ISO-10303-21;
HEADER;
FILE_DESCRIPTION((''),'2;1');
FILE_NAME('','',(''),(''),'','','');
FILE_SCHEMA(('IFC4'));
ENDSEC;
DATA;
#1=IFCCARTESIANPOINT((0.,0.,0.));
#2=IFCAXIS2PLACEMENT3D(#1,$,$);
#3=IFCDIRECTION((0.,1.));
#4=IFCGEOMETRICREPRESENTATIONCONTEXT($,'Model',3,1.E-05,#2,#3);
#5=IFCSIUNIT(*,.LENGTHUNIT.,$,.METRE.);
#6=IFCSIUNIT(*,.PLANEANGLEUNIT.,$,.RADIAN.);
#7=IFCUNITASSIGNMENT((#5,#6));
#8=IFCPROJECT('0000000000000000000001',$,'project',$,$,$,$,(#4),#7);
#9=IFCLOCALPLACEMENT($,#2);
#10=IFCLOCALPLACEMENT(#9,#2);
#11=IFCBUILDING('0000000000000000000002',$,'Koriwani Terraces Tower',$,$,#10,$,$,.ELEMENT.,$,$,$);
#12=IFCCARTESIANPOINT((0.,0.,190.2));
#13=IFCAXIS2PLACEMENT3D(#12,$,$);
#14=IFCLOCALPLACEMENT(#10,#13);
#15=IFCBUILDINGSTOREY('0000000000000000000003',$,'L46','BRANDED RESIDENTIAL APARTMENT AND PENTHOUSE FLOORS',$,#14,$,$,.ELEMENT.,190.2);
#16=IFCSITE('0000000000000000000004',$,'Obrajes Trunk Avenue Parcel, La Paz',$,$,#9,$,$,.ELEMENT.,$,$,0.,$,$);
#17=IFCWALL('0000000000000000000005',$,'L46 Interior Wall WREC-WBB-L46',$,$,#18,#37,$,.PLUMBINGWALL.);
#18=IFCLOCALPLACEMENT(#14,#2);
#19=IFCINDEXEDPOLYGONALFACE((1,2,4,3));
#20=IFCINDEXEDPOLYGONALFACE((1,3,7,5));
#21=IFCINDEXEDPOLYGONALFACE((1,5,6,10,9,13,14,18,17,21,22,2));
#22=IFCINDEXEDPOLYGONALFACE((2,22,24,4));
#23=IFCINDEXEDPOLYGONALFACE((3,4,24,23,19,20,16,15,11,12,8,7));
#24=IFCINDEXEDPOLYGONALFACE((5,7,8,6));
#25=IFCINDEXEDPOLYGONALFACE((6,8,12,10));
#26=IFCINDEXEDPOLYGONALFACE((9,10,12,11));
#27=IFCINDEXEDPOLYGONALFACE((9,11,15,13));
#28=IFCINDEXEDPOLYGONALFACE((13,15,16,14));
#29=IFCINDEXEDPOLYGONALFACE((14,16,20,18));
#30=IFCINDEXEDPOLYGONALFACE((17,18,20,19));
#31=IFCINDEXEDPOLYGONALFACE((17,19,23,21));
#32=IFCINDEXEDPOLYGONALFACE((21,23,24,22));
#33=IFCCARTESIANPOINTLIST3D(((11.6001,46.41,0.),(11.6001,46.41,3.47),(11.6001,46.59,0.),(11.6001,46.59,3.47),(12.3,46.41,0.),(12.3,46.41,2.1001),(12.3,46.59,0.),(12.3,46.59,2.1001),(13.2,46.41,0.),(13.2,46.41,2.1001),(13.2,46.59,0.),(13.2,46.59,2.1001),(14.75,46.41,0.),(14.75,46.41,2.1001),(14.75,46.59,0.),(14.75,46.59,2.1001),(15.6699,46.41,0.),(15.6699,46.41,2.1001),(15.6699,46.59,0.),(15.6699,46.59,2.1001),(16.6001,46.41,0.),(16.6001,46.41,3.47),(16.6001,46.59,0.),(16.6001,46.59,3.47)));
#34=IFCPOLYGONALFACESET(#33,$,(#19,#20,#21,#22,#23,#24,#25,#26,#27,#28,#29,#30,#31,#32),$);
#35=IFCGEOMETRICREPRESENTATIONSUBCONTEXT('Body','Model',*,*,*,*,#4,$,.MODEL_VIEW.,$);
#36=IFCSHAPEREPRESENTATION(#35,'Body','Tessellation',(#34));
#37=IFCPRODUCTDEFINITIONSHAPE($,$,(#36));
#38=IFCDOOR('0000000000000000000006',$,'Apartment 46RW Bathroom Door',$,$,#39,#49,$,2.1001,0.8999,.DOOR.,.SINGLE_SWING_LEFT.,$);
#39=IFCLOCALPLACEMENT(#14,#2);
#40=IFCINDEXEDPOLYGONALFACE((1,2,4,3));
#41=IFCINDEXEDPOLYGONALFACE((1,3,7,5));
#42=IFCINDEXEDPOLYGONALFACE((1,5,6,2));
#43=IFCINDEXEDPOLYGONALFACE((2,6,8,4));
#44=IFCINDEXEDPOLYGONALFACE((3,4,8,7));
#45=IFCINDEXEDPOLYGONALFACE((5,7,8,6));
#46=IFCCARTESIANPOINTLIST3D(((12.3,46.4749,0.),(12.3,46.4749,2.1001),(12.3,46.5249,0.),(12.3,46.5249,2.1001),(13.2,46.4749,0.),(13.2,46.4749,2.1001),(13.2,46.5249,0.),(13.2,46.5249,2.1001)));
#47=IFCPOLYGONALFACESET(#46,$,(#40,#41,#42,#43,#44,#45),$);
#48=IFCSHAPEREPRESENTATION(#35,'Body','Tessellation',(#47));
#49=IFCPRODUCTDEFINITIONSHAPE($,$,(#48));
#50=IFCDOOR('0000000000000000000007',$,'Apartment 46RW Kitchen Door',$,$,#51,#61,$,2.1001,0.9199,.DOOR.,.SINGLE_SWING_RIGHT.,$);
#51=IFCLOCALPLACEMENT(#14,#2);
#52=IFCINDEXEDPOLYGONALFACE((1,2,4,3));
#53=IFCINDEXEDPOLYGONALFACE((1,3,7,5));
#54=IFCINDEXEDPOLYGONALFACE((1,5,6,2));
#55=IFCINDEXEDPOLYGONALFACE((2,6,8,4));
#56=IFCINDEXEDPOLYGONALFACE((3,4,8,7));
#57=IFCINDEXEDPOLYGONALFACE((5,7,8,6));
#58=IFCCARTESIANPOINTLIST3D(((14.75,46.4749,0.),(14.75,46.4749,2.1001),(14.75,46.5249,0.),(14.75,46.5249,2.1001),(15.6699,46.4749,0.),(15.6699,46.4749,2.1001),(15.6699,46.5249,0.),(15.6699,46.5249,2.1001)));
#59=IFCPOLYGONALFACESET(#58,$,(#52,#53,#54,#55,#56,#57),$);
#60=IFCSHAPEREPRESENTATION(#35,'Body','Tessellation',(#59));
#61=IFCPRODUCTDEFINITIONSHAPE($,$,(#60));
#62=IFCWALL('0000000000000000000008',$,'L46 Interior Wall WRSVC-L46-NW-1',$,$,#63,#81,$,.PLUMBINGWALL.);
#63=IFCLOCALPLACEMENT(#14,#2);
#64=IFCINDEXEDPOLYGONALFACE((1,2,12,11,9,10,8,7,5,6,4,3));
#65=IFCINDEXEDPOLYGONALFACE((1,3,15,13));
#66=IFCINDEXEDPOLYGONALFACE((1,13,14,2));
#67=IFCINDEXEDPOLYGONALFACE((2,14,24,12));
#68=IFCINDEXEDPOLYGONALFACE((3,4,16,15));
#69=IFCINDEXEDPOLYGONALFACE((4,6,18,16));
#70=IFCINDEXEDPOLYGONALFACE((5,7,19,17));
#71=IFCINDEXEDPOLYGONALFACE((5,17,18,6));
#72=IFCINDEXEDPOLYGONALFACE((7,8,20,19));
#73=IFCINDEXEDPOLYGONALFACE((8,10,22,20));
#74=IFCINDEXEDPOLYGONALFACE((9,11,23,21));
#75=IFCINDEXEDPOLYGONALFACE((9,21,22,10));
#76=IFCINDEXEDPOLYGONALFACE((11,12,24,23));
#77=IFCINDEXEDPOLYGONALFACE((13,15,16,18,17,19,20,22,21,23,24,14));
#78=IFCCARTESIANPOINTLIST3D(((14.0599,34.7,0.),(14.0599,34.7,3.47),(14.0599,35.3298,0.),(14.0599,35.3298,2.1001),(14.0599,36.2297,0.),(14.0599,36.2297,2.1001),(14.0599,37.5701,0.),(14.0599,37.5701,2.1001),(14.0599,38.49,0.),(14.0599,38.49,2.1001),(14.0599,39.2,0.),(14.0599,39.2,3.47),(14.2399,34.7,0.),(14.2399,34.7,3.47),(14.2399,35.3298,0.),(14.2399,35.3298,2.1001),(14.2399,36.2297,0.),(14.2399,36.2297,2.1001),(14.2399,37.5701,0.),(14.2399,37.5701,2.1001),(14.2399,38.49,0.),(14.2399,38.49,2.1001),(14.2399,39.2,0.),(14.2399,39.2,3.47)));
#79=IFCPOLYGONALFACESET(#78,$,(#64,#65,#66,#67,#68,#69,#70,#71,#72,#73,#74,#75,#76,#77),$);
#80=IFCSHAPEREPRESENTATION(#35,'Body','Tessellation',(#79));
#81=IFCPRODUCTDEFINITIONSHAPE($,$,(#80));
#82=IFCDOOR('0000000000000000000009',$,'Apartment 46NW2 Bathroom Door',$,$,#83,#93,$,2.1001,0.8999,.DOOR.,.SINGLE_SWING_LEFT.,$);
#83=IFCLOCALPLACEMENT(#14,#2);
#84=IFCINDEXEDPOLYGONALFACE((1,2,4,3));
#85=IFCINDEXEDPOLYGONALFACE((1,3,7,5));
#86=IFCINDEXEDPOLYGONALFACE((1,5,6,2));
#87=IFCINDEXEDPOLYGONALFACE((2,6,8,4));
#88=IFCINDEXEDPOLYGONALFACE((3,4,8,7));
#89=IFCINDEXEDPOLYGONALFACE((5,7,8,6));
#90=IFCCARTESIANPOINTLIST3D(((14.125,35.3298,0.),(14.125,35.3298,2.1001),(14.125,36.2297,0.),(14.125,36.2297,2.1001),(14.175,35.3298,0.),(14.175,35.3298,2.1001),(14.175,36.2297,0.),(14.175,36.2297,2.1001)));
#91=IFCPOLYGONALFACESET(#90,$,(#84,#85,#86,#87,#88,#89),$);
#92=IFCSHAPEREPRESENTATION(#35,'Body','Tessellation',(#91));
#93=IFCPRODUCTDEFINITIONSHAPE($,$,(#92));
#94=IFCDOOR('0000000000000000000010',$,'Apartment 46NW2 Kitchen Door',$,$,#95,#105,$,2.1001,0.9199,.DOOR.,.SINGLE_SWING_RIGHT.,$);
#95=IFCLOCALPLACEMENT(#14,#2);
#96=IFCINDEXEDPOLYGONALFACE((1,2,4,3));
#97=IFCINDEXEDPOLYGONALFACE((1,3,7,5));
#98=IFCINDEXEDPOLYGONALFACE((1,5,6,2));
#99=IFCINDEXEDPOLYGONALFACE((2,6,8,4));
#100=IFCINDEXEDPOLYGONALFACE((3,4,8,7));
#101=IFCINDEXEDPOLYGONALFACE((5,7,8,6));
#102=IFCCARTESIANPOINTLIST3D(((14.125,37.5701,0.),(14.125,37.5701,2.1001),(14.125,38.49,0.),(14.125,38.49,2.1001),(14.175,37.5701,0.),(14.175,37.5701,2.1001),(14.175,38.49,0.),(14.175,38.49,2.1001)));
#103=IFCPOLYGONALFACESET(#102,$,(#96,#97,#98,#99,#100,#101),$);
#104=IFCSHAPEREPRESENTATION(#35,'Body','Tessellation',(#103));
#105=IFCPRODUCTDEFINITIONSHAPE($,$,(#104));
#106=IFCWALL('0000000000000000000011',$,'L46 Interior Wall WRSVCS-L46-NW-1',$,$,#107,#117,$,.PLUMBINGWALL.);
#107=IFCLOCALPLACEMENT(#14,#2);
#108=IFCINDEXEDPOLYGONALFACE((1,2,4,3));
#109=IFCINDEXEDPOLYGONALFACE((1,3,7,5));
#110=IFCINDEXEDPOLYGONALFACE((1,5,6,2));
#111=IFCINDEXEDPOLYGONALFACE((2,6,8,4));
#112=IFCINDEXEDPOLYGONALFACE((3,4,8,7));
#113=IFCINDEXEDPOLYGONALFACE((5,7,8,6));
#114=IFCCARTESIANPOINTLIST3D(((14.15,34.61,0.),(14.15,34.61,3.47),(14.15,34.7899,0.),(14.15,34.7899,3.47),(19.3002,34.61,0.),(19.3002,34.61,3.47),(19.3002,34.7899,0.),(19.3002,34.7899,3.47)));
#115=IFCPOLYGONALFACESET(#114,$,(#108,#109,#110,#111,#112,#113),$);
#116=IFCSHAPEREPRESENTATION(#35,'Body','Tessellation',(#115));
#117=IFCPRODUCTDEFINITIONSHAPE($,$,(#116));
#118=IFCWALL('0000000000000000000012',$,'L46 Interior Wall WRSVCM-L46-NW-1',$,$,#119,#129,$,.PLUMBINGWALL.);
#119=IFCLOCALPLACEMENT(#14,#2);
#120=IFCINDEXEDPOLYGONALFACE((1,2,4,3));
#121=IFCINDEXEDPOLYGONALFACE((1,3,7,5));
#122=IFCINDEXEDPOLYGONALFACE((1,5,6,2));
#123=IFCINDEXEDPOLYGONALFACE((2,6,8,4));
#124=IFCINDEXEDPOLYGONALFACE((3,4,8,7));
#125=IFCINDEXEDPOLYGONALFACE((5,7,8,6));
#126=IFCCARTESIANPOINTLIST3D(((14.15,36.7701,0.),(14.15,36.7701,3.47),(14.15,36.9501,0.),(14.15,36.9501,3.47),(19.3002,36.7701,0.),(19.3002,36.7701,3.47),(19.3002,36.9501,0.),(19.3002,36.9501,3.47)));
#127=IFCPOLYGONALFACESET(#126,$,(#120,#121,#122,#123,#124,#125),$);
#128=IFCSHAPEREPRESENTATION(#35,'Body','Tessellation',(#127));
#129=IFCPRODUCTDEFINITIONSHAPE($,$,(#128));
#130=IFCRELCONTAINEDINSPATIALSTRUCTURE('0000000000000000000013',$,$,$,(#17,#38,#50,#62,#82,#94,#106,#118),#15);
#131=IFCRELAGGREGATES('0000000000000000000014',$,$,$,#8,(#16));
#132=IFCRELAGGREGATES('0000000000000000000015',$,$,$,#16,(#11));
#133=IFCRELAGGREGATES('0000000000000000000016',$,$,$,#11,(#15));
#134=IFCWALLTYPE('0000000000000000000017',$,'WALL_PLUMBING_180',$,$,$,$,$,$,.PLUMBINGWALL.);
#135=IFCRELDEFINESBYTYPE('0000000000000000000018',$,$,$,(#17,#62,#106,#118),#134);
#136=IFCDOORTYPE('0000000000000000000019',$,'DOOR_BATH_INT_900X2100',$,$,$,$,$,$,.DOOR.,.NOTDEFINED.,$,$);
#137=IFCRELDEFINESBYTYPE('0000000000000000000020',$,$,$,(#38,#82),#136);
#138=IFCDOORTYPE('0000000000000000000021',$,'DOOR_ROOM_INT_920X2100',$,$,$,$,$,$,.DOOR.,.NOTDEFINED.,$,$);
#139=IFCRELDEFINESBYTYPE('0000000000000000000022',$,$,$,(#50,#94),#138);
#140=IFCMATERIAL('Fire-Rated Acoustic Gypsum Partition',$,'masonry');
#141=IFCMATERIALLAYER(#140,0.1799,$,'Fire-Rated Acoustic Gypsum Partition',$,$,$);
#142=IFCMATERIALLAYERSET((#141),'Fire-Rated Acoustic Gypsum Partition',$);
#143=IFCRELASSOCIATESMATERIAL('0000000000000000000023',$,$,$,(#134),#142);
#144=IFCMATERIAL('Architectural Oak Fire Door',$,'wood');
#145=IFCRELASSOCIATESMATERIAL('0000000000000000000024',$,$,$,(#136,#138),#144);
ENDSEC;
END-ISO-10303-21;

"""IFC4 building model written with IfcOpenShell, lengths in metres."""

from ifc_helpers import new_model, si_unit, direction, frame, frame_2d, origin, place, context, subcontext, project, spatial, rectangle, extrude, material, layer, layer_set, type_object, element, fill, save


model = new_model("IFC4")

# Units and contexts
model_context = context("Model", 3, precision=1e-05, world=origin(), true_north=direction((0.0, 1.0)))
body_context = subcontext(model_context, "Body", "Model", "MODEL_VIEW")
ifc_project = project(units=[si_unit("LENGTHUNIT", "METRE"), si_unit("PLANEANGLEUNIT", "RADIAN")], contexts=[model_context])

# Site, building, storey
site_placement = place(None, origin())
site = spatial("IfcSite", under=ifc_project, at=site_placement, Name="Obrajes Trunk Avenue Parcel, La Paz", CompositionType="ELEMENT", RefElevation=0.0)
building_placement = place(site_placement, origin())
building = spatial("IfcBuilding", under=site, at=building_placement, Name="Koriwani Terraces Tower", CompositionType="ELEMENT")
storey_placement = place(building_placement, frame((0.0, 0.0, 190.2)))
storey = spatial("IfcBuildingStorey", under=building, at=storey_placement, Name="L46", Description="BRANDED RESIDENTIAL APARTMENT AND PENTHOUSE FLOORS", CompositionType="ELEMENT", Elevation=190.2)

# Shared definitions
ifc_material_1 = material(Name="Architectural Oak Fire Door", Category="wood")

# Walls, openings, doors
ifc_material_2 = material(Name="Fire-Rated Acoustic Gypsum Partition", Category="masonry")
ifc_layer_1 = layer(ifc_material_2, 0.1799, Name="Fire-Rated Acoustic Gypsum Partition")
ifc_layer_set_1 = layer_set([ifc_layer_1], Name="Fire-Rated Acoustic Gypsum Partition")
wall_type_1 = type_object("IfcWallType", Name="WALL_PLUMBING_180", PredefinedType="PLUMBINGWALL", material=ifc_layer_set_1)
wall_1_placement = place(storey_placement, frame((11.6001, 46.5, 0.0), z_axis=(0.0, 0.0, 1.0), x_axis=(1.0, 0.0, 0.0)))
wall_1 = element("IfcWall", 1, at=wall_1_placement, inside=storey, type_object=wall_type_1, Name="L46 Interior Wall WREC-WBB-L46", PredefinedType="PLUMBINGWALL", context=body_context, shape_type="SweptSolid", body=[
    extrude(rectangle(XDim=5.0, YDim=0.1799, at=frame_2d((2.5, 0.0))), origin(), (0.0, 0.0, 1.0), 3.47),
])
opening_1_placement = place(wall_1_placement, frame((0.7, 0.0, 0.0)))
opening_1 = element("IfcOpeningElement", 2, at=opening_1_placement, cuts=wall_1, PredefinedType="OPENING", context=body_context, shape_type="SweptSolid", body=[
    extrude(rectangle(XDim=0.8999, YDim=2.1001, at=frame_2d((0.45, 1.05))), frame((0.0, 0.1001, 0.0), z_axis=(0.0, -1.0, 0.0), x_axis=(1.0, 0.0, 0.0)), (0.0, 0.0, 1.0), 0.2),
])
opening_2_placement = place(wall_1_placement, frame((3.1499, 0.0, 0.0)))
opening_2 = element("IfcOpeningElement", 3, at=opening_2_placement, cuts=wall_1, PredefinedType="OPENING", context=body_context, shape_type="SweptSolid", body=[
    extrude(rectangle(XDim=0.9199, YDim=2.1001, at=frame_2d((0.46, 1.05))), frame((0.0, 0.1001, 0.0), z_axis=(0.0, -1.0, 0.0), x_axis=(1.0, 0.0, 0.0)), (0.0, 0.0, 1.0), 0.2),
])
door_type_1 = type_object("IfcDoorType", Name="DOOR_BATH_INT_900X2100", OperationType="NOTDEFINED", PredefinedType="DOOR", material=ifc_material_1)
door_1_placement = place(opening_1_placement, origin())
door_1 = element("IfcDoor", 4, at=door_1_placement, inside=storey, type_object=door_type_1, Name="Apartment 46RW Bathroom Door", OperationType="SINGLE_SWING_LEFT", OverallHeight=2.1001, OverallWidth=0.8999, PredefinedType="DOOR", context=body_context, shape_type="SweptSolid", body=[
    extrude(rectangle(XDim=0.8999, YDim=2.1001, at=frame_2d((0.45, 1.05))), frame((0.0, 0.0249, 0.0), z_axis=(0.0, -1.0, 0.0), x_axis=(1.0, 0.0, 0.0)), (0.0, 0.0, 1.0), 0.05),
])
fill(opening_1, door_1)
door_type_2 = type_object("IfcDoorType", Name="DOOR_ROOM_INT_920X2100", OperationType="NOTDEFINED", PredefinedType="DOOR", material=ifc_material_1)
door_2_placement = place(opening_2_placement, origin())
door_2 = element("IfcDoor", 5, at=door_2_placement, inside=storey, type_object=door_type_2, Name="Apartment 46RW Kitchen Door", OperationType="SINGLE_SWING_RIGHT", OverallHeight=2.1001, OverallWidth=0.9199, PredefinedType="DOOR", context=body_context, shape_type="SweptSolid", body=[
    extrude(rectangle(XDim=0.9199, YDim=2.1001, at=frame_2d((0.46, 1.05))), frame((0.0, 0.0249, 0.0), z_axis=(0.0, -1.0, 0.0), x_axis=(1.0, 0.0, 0.0)), (0.0, 0.0, 1.0), 0.05),
])
fill(opening_2, door_2)
wall_2_placement = place(storey_placement, frame((14.1499, 34.7, 0.0), z_axis=(0.0, 0.0, 1.0), x_axis=(0.0, 1.0, 0.0)))
wall_2 = element("IfcWall", 6, at=wall_2_placement, inside=storey, type_object=wall_type_1, Name="L46 Interior Wall WRSVC-L46-NW-1", PredefinedType="PLUMBINGWALL", context=body_context, shape_type="SweptSolid", body=[
    extrude(rectangle(XDim=4.5, YDim=0.1799, at=frame_2d((2.25, 0.0))), origin(), (0.0, 0.0, 1.0), 3.47),
])
opening_3_placement = place(wall_2_placement, frame((0.6299, 0.0, 0.0)))
opening_3 = element("IfcOpeningElement", 7, at=opening_3_placement, cuts=wall_2, PredefinedType="OPENING", context=body_context, shape_type="SweptSolid", body=[
    extrude(rectangle(XDim=0.8999, YDim=2.1001, at=frame_2d((0.45, 1.05))), frame((0.0, 0.1001, 0.0), z_axis=(0.0, -1.0, 0.0), x_axis=(1.0, 0.0, 0.0)), (0.0, 0.0, 1.0), 0.2),
])
opening_4_placement = place(wall_2_placement, frame((2.8701, 0.0, 0.0)))
opening_4 = element("IfcOpeningElement", 8, at=opening_4_placement, cuts=wall_2, PredefinedType="OPENING", context=body_context, shape_type="SweptSolid", body=[
    extrude(rectangle(XDim=0.9199, YDim=2.1001, at=frame_2d((0.46, 1.05))), frame((0.0, 0.1001, 0.0), z_axis=(0.0, -1.0, 0.0), x_axis=(1.0, 0.0, 0.0)), (0.0, 0.0, 1.0), 0.2),
])
door_3_placement = place(opening_3_placement, origin())
door_3 = element("IfcDoor", 9, at=door_3_placement, inside=storey, type_object=door_type_1, Name="Apartment 46NW2 Bathroom Door", OperationType="SINGLE_SWING_LEFT", OverallHeight=2.1001, OverallWidth=0.8999, PredefinedType="DOOR", context=body_context, shape_type="SweptSolid", body=[
    extrude(rectangle(XDim=0.8999, YDim=2.1001, at=frame_2d((0.45, 1.05))), frame((0.0, 0.0249, 0.0), z_axis=(0.0, -1.0, 0.0), x_axis=(1.0, 0.0, 0.0)), (0.0, 0.0, 1.0), 0.05),
])
fill(opening_3, door_3)
door_4_placement = place(opening_4_placement, origin())
door_4 = element("IfcDoor", 10, at=door_4_placement, inside=storey, type_object=door_type_2, Name="Apartment 46NW2 Kitchen Door", OperationType="SINGLE_SWING_RIGHT", OverallHeight=2.1001, OverallWidth=0.9199, PredefinedType="DOOR", context=body_context, shape_type="SweptSolid", body=[
    extrude(rectangle(XDim=0.9199, YDim=2.1001, at=frame_2d((0.46, 1.05))), frame((0.0, 0.0249, 0.0), z_axis=(0.0, -1.0, 0.0), x_axis=(1.0, 0.0, 0.0)), (0.0, 0.0, 1.0), 0.05),
])
fill(opening_4, door_4)

# Walls
for number, where, z_axis, x_axis, name in (
    (11, (14.1499, 34.7, 0.0), (0.0, 0.0, 1.0), (1.0, 0.0, 0.0), "L46 Interior Wall WRSVCS-L46-NW-1"),
    (12, (14.1499, 36.8601, 0.0), (0.0, 0.0, 1.0), (1.0, 0.0, 0.0), "L46 Interior Wall WRSVCM-L46-NW-1"),
):
    element("IfcWall", number, at=place(storey_placement, frame(where, z_axis=z_axis, x_axis=x_axis)), inside=storey, type_object=wall_type_1, Name=name, PredefinedType="PLUMBINGWALL", context=body_context, shape_type="SweptSolid", body=[
        extrude(rectangle(XDim=5.1501, YDim=0.1799, at=frame_2d((2.5752, 0.0))), origin(), (0.0, 0.0, 1.0), 3.47),
    ])

save(model, "model.ifc")
